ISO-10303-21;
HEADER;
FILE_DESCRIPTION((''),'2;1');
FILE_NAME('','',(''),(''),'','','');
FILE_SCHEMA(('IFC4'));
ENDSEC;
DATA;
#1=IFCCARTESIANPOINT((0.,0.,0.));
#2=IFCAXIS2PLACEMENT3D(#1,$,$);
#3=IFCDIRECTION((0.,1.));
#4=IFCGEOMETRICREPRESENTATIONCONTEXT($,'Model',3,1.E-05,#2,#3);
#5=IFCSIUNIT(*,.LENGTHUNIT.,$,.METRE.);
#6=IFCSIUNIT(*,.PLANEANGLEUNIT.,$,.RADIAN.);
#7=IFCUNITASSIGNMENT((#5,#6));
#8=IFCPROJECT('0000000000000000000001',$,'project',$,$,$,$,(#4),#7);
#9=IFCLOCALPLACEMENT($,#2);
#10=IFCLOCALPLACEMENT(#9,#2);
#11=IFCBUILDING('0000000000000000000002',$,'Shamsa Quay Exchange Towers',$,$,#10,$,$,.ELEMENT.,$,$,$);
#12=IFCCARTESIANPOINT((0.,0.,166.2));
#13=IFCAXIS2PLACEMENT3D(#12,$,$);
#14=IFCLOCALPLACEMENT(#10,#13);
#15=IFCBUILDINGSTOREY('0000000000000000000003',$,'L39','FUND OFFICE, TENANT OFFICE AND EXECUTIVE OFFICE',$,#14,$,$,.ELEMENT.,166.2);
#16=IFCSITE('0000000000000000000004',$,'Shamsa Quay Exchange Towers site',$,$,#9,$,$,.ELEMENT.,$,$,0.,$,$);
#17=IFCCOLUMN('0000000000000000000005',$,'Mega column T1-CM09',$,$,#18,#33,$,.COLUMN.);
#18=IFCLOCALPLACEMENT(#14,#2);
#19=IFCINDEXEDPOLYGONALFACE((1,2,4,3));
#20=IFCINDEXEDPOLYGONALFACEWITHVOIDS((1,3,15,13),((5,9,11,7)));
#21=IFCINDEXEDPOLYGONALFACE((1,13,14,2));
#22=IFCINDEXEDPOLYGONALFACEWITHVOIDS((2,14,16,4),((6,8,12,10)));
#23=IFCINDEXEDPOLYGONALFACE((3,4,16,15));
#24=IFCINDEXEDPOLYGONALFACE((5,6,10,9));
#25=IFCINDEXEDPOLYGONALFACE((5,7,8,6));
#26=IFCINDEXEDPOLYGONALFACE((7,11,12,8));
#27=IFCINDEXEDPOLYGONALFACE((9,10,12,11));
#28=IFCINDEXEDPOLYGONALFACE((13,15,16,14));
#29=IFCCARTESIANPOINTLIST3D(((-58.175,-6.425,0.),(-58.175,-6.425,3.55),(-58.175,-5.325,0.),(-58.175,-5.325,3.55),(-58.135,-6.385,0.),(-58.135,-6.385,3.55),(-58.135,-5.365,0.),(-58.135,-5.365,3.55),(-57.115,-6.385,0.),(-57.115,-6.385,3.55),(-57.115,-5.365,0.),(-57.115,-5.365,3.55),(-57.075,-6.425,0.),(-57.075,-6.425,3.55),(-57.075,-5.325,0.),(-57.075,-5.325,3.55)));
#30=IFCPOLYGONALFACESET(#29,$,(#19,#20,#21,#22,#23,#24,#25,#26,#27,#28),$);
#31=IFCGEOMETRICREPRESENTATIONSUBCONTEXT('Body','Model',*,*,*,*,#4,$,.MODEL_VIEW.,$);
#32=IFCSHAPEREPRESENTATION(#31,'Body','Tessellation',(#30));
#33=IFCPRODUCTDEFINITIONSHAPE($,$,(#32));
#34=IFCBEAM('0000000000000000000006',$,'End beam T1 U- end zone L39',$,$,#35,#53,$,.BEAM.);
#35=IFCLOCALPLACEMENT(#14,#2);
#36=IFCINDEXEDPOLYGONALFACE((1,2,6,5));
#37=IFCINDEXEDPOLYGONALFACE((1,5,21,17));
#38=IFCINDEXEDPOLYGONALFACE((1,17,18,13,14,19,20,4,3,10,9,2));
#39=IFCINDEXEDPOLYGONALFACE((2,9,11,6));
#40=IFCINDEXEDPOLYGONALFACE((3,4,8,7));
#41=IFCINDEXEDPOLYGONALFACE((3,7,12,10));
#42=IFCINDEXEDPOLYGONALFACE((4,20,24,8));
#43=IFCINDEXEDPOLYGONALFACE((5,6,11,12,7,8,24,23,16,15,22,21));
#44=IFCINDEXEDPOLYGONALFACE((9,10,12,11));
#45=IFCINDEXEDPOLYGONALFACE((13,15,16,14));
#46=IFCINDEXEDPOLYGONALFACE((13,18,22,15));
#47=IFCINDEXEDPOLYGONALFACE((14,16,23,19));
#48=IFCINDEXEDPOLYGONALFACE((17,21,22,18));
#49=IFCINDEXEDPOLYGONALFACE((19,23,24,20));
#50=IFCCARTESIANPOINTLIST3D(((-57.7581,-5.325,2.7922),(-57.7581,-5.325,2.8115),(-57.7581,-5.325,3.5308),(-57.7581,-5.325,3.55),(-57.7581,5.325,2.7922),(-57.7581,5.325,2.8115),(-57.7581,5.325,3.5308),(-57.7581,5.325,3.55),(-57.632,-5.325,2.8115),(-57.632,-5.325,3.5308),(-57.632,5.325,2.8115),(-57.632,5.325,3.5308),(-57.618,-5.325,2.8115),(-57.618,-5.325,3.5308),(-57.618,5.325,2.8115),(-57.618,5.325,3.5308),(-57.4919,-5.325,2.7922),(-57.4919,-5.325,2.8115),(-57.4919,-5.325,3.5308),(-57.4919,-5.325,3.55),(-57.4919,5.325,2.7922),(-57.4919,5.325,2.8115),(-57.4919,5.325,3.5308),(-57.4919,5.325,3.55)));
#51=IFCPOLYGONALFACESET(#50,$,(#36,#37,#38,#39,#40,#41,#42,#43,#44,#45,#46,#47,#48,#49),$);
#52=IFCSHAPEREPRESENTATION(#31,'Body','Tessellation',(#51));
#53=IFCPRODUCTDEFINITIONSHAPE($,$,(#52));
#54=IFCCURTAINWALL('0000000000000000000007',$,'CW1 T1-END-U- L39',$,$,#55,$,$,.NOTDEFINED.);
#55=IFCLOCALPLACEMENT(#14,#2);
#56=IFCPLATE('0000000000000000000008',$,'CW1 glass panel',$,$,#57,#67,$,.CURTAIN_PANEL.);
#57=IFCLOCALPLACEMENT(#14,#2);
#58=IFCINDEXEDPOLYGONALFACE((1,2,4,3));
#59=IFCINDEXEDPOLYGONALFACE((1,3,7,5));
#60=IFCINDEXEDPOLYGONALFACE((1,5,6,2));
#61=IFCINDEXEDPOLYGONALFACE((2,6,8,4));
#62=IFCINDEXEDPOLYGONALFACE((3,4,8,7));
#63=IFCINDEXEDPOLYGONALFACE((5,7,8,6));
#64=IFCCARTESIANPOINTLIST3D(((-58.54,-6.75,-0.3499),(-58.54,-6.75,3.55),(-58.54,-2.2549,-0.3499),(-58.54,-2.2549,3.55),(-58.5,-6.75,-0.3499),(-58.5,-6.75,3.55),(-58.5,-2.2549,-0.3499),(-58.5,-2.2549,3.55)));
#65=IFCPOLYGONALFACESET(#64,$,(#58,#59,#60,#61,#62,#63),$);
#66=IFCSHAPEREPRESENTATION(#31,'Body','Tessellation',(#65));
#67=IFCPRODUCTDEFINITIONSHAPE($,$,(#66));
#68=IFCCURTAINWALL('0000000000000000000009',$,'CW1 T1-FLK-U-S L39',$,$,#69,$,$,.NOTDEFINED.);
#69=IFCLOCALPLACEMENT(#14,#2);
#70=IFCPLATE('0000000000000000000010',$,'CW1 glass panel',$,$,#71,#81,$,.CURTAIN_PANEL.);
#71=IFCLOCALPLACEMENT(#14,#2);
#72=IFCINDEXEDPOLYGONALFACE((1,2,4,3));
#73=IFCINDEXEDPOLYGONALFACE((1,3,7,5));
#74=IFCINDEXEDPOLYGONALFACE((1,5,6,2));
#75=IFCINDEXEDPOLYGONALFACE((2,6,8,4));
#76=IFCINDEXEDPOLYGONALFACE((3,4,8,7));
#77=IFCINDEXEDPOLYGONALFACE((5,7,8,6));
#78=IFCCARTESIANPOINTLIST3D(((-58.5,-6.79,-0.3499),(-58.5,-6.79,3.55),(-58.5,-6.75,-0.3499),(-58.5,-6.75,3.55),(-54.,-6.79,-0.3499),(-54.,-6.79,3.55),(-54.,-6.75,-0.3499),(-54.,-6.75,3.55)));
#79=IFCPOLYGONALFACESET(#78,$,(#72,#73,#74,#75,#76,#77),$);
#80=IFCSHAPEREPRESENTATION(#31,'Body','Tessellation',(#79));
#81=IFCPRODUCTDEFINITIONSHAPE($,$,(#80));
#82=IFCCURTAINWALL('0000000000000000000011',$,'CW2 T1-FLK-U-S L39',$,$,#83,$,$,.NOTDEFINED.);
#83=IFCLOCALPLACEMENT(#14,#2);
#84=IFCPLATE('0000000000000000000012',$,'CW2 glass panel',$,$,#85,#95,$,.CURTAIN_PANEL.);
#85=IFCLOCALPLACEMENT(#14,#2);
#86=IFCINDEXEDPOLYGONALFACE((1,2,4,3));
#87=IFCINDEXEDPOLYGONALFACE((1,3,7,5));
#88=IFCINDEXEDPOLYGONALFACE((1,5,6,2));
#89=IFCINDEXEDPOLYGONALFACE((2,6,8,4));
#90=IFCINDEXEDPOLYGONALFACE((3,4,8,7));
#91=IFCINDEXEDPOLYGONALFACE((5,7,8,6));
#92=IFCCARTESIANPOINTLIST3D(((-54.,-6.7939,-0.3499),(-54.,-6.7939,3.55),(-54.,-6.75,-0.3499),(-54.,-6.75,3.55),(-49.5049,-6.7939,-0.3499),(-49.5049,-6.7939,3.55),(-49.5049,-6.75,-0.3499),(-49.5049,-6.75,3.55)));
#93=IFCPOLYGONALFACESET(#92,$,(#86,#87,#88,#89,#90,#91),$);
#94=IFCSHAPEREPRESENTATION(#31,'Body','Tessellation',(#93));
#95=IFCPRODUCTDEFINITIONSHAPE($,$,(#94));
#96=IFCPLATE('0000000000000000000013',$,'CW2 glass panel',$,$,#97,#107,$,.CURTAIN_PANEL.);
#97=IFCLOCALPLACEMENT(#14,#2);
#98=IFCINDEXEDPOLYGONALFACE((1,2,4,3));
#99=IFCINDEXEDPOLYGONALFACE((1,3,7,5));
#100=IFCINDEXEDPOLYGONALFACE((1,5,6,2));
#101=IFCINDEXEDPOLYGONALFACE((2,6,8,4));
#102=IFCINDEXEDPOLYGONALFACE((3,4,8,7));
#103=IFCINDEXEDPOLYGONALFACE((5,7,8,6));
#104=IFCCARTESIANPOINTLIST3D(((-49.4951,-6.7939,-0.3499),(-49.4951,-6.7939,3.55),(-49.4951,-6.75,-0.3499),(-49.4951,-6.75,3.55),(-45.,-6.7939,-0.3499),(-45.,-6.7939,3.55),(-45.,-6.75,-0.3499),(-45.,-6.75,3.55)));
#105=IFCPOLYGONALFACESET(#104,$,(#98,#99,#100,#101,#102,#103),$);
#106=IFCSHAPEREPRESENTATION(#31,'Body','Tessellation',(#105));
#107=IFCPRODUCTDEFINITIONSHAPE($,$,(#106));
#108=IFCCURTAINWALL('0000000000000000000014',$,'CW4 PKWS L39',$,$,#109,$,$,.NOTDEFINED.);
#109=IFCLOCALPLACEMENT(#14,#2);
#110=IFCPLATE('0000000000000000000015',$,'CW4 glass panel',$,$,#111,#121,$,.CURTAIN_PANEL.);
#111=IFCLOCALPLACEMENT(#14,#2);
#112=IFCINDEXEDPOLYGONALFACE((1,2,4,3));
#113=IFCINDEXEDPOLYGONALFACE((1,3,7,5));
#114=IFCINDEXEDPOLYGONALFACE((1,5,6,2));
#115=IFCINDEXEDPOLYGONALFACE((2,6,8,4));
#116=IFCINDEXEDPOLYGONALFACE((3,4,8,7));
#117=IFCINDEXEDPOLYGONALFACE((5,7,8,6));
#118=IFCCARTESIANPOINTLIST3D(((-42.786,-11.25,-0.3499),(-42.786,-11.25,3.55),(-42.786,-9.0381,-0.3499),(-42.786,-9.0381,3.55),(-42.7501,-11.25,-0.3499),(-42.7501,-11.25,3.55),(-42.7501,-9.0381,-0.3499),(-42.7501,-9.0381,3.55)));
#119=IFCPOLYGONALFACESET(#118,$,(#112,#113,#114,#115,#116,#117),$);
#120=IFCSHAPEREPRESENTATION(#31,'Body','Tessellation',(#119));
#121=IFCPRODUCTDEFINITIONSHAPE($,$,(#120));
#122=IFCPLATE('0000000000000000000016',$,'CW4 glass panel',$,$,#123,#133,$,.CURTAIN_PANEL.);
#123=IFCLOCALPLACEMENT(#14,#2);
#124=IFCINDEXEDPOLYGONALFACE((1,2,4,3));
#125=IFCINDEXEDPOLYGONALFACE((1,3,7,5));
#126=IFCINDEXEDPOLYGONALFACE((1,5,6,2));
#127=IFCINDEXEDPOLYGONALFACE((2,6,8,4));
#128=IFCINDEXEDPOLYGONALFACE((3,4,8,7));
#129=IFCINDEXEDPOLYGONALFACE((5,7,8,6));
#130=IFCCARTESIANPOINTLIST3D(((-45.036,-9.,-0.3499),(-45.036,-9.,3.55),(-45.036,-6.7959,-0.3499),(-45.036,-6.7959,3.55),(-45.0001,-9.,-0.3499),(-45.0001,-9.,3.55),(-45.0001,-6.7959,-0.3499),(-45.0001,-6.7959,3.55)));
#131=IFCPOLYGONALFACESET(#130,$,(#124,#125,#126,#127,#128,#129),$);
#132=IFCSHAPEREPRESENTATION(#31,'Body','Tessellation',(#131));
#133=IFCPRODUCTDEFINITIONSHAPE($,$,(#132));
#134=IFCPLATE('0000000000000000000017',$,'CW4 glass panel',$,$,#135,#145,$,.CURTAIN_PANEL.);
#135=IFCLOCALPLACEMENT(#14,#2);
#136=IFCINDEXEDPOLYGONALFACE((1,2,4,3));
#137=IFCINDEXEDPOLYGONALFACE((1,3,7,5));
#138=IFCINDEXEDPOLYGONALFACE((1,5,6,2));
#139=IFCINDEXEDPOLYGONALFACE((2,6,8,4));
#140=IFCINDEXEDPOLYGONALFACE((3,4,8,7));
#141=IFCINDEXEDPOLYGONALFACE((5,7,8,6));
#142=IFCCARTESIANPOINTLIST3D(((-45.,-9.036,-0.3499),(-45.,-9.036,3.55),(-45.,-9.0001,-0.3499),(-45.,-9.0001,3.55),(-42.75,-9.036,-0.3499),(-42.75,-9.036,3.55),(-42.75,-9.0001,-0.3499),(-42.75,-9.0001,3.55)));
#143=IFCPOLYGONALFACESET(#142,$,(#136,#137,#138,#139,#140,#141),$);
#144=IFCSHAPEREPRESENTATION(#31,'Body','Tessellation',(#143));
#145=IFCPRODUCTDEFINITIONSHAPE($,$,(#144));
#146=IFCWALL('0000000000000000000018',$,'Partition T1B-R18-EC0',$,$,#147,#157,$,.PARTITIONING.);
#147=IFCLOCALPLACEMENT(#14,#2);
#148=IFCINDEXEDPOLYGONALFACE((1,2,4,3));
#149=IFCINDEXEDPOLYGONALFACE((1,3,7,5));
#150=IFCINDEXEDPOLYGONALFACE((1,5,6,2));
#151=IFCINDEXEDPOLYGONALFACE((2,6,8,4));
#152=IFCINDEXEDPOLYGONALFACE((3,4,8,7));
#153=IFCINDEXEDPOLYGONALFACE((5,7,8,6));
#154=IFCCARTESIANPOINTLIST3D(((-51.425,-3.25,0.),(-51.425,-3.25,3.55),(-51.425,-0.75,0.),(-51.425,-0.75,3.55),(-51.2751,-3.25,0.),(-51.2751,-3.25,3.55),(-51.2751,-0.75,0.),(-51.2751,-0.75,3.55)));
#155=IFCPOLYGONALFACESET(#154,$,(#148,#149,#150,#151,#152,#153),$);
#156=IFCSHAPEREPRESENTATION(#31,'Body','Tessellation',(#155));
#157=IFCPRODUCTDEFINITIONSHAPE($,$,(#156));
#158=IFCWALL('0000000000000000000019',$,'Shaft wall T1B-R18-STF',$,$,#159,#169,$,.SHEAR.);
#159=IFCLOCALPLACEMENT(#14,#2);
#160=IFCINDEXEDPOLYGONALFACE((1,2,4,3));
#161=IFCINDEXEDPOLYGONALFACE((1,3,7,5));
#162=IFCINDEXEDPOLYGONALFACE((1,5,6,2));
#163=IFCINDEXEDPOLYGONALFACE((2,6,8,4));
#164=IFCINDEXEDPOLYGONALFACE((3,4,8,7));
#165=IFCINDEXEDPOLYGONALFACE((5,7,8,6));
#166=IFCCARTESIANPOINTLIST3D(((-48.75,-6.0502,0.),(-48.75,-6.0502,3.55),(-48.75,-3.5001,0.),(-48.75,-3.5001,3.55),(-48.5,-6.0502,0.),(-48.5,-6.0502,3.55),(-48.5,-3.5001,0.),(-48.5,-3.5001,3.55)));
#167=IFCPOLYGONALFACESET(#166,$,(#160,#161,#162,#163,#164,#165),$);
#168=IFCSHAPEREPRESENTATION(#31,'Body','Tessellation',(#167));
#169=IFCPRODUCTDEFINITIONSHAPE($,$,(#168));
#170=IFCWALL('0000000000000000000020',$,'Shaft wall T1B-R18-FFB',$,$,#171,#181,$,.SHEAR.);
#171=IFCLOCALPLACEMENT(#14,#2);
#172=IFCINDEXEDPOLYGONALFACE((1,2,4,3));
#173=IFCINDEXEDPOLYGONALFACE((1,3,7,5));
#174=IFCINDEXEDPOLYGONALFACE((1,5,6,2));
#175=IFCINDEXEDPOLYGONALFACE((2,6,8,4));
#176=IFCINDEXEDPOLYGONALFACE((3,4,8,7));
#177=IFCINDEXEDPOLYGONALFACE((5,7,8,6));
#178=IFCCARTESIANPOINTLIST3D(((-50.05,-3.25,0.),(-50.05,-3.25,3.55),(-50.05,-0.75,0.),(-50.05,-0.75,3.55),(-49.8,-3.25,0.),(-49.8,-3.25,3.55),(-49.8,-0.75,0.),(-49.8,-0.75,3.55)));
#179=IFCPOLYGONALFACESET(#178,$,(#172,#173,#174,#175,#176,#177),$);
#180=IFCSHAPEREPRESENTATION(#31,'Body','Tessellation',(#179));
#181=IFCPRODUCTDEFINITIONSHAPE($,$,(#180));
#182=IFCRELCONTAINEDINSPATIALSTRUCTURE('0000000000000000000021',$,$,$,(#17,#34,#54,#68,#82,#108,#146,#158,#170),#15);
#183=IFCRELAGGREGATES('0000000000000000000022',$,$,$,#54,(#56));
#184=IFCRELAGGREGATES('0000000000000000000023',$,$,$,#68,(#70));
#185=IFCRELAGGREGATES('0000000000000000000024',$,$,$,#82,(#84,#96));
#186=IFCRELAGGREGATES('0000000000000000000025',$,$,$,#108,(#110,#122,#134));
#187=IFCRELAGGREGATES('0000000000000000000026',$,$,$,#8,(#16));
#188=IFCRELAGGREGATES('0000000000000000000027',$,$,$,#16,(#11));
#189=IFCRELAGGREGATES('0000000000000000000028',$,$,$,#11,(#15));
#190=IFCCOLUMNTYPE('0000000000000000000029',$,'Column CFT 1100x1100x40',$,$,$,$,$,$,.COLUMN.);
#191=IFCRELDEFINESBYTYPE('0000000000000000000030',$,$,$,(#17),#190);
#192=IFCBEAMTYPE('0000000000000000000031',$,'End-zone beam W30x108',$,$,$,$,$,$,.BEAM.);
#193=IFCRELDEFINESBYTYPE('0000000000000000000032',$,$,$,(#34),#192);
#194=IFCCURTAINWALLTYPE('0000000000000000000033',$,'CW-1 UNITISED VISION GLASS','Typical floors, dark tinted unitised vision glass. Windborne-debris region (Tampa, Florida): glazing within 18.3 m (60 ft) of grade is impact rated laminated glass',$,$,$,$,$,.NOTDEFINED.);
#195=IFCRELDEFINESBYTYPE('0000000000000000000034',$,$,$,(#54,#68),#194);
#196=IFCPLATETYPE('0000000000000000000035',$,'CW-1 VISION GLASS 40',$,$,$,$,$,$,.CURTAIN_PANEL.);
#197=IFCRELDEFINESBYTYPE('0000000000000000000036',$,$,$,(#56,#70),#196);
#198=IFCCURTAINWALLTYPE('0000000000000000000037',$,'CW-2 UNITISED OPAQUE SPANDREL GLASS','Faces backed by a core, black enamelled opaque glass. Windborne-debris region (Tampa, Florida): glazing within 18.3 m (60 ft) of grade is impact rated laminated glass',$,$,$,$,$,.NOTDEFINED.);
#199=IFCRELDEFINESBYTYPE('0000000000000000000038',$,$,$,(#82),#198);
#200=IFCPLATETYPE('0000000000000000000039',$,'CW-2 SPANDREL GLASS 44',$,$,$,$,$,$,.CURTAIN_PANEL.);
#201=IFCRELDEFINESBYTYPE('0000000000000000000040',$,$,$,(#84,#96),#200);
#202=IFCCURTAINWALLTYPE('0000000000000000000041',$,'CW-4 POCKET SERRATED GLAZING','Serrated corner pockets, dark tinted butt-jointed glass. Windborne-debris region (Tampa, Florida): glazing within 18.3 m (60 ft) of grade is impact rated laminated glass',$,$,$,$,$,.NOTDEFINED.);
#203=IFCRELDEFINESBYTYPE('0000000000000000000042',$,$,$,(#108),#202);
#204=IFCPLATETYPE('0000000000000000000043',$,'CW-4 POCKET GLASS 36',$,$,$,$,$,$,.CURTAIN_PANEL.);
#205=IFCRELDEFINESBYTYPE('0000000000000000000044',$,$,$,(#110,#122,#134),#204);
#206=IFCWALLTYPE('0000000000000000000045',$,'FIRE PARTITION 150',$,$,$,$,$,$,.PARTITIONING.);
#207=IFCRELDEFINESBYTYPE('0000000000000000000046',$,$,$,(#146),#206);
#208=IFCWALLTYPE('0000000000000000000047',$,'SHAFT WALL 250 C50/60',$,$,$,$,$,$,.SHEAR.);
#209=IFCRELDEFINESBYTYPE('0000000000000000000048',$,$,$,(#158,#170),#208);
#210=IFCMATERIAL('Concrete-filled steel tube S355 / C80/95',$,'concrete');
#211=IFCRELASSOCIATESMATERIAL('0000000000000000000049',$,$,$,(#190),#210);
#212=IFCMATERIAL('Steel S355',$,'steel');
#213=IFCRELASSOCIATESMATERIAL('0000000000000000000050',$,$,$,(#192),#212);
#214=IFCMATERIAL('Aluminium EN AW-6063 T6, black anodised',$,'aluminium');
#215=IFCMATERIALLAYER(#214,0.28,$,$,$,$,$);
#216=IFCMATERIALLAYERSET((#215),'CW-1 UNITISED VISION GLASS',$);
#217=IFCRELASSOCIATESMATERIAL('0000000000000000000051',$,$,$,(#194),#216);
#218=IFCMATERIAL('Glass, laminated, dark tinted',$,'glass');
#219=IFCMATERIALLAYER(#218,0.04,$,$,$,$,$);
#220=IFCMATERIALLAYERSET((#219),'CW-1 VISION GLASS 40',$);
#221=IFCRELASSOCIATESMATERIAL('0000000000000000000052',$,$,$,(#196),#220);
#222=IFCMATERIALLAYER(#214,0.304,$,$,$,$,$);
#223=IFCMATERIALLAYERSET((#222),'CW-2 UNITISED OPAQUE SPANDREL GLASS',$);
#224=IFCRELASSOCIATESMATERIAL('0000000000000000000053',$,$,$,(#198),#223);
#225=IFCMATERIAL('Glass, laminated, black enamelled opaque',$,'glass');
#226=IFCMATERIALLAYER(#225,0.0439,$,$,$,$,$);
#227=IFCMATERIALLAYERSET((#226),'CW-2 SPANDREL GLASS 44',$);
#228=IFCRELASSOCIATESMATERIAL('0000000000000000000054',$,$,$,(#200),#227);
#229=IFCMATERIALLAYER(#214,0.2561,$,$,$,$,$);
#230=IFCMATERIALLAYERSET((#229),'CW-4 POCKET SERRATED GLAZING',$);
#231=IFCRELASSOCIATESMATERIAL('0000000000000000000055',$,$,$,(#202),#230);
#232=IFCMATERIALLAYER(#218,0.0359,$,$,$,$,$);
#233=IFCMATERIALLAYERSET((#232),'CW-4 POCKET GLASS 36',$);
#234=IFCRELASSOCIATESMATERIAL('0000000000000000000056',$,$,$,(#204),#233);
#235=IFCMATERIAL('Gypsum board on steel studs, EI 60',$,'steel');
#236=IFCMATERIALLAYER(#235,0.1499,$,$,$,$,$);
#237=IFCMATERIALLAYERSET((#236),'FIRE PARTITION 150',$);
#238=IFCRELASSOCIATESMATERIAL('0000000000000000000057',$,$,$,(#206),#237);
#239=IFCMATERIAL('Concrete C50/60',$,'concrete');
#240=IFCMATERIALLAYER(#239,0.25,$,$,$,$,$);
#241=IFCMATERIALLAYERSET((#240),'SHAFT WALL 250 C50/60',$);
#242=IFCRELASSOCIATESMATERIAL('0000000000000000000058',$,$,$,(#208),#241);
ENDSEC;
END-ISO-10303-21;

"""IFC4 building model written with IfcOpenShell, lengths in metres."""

from ifc_helpers import new_model, si_unit, direction, frame, frame_2d, origin, origin_2d, place, context, subcontext, project, spatial, rectangle, hollow_rectangle, i_section, extrude, material, layer, layer_set, material_profile, profile_set, type_object, element, aggregate, save


model = new_model("IFC4")

# Units and contexts
model_context = context("Model", 3, precision=1e-05, world=origin(), true_north=direction((0.0, 1.0)))
body_context = subcontext(model_context, "Body", "Model", "MODEL_VIEW")
ifc_project = project(units=[si_unit("LENGTHUNIT", "METRE"), si_unit("PLANEANGLEUNIT", "RADIAN")], contexts=[model_context])

# Site, building, storey
site_placement = place(None, origin())
site = spatial("IfcSite", under=ifc_project, at=site_placement, Name="Shamsa Quay Exchange Towers site", CompositionType="ELEMENT", RefElevation=0.0)
building_placement = place(site_placement, origin())
building = spatial("IfcBuilding", under=site, at=building_placement, Name="Shamsa Quay Exchange Towers", CompositionType="ELEMENT")
storey_placement = place(building_placement, frame((0.0, 0.0, 166.2)))
storey = spatial("IfcBuildingStorey", under=building, at=storey_placement, Name="L39", Description="FUND OFFICE, TENANT OFFICE AND EXECUTIVE OFFICE", CompositionType="ELEMENT", Elevation=166.2)

# Column
ifc_material_1 = material(Name="Concrete-filled steel tube S355 / C80/95", Category="concrete")
ifc_material_profile_1 = material_profile(ifc_material_1, hollow_rectangle(XDim=1.1001, YDim=1.1001, WallThickness=0.04, at=origin_2d()), Name="CFT 1100x1100x40")
ifc_profile_set_1 = profile_set([ifc_material_profile_1], Name="Concrete-filled steel tube S355 / C80/95")
column_type = type_object("IfcColumnType", Name="Column CFT 1100x1100x40", PredefinedType="COLUMN", material=ifc_profile_set_1)
column_placement = place(storey_placement, frame((-57.625, -5.875, 0.0)))
element("IfcColumn", 1, at=column_placement, inside=storey, type_object=column_type, Name="Mega column T1-CM09", PredefinedType="COLUMN", context=body_context, shape_type="SweptSolid", body=[
    extrude(hollow_rectangle(XDim=1.1001, YDim=1.1001, WallThickness=0.04, at=origin_2d()), origin(), (0.0, 0.0, 1.0), 3.55),
])

# Beam
ifc_material_2 = material(Name="Steel S355", Category="steel")
ifc_material_profile_2 = material_profile(ifc_material_2, i_section(OverallWidth=0.2661, OverallDepth=0.7578, WebThickness=0.0139, FlangeThickness=0.0193, at=origin_2d()), Name="W30x108")
ifc_profile_set_2 = profile_set([ifc_material_profile_2], Name="Steel S355")
beam_type = type_object("IfcBeamType", Name="End-zone beam W30x108", PredefinedType="BEAM", material=ifc_profile_set_2)
beam_placement = place(storey_placement, frame((-57.625, -5.325, 3.1711), z_axis=(0.0, 1.0, 0.0), x_axis=(-1.0, 0.0, 0.0)))
element("IfcBeam", 2, at=beam_placement, inside=storey, type_object=beam_type, Name="End beam T1 U- end zone L39", PredefinedType="BEAM", context=body_context, shape_type="SweptSolid", body=[
    extrude(i_section(OverallWidth=0.2661, OverallDepth=0.7578, WebThickness=0.0139, FlangeThickness=0.0193, at=origin_2d()), origin(), (0.0, 0.0, 1.0), 10.6499),
])

# Curtain walls, plates
ifc_material_3 = material(Name="Aluminium EN AW-6063 T6, black anodised", Category="aluminium")
ifc_layer_1 = layer(ifc_material_3, 0.28)
ifc_layer_set_1 = layer_set([ifc_layer_1], Name="CW-1 UNITISED VISION GLASS")
curtain_wall_type_1 = type_object("IfcCurtainWallType", Name="CW-1 UNITISED VISION GLASS", Description="Typical floors, dark tinted unitised vision glass. Windborne-debris region (Tampa, Florida): glazing within 18.3 m (60 ft) of grade is impact rated laminated glass", PredefinedType="NOTDEFINED", material=ifc_layer_set_1)
curtain_wall_1_placement = place(storey_placement, origin())
curtain_wall_1 = element("IfcCurtainWall", 3, at=curtain_wall_1_placement, inside=storey, type_object=curtain_wall_type_1, Name="CW1 T1-END-U- L39", PredefinedType="NOTDEFINED")
ifc_material_4 = material(Name="Glass, laminated, dark tinted", Category="glass")
ifc_layer_2 = layer(ifc_material_4, 0.04)
ifc_layer_set_2 = layer_set([ifc_layer_2], Name="CW-1 VISION GLASS 40")
plate_type_1 = type_object("IfcPlateType", Name="CW-1 VISION GLASS 40", PredefinedType="CURTAIN_PANEL", material=ifc_layer_set_2)
plate_1_placement = place(storey_placement, frame((-58.52, -4.5024, -0.3499), z_axis=(0.0, 0.0, 1.0), x_axis=(0.0, -1.0, 0.0)))
plate_1 = element("IfcPlate", 4, at=plate_1_placement, type_object=plate_type_1, Name="CW1 glass panel", PredefinedType="CURTAIN_PANEL", context=body_context, shape_type="SweptSolid", body=[
    extrude(rectangle(XDim=4.4951, YDim=0.04, at=origin_2d()), origin(), (0.0, 0.0, 1.0), 3.8999),
])
aggregate(curtain_wall_1, [plate_1])
curtain_wall_2_placement = place(storey_placement, origin())
curtain_wall_2 = element("IfcCurtainWall", 5, at=curtain_wall_2_placement, inside=storey, type_object=curtain_wall_type_1, Name="CW1 T1-FLK-U-S L39", PredefinedType="NOTDEFINED")
plate_2_placement = place(storey_placement, frame((-56.25, -6.77, -0.3499)))
plate_2 = element("IfcPlate", 6, at=plate_2_placement, type_object=plate_type_1, Name="CW1 glass panel", PredefinedType="CURTAIN_PANEL", context=body_context, shape_type="SweptSolid", body=[
    extrude(rectangle(XDim=4.5, YDim=0.04, at=origin_2d()), origin(), (0.0, 0.0, 1.0), 3.8999),
])
aggregate(curtain_wall_2, [plate_2])

# Curtain walls, plates
ifc_layer_3 = layer(ifc_material_3, 0.304)
ifc_layer_set_3 = layer_set([ifc_layer_3], Name="CW-2 UNITISED OPAQUE SPANDREL GLASS")
curtain_wall_type_2 = type_object("IfcCurtainWallType", Name="CW-2 UNITISED OPAQUE SPANDREL GLASS", Description="Faces backed by a core, black enamelled opaque glass. Windborne-debris region (Tampa, Florida): glazing within 18.3 m (60 ft) of grade is impact rated laminated glass", PredefinedType="NOTDEFINED", material=ifc_layer_set_3)
curtain_wall_3_placement = place(storey_placement, origin())
curtain_wall_3 = element("IfcCurtainWall", 7, at=curtain_wall_3_placement, inside=storey, type_object=curtain_wall_type_2, Name="CW2 T1-FLK-U-S L39", PredefinedType="NOTDEFINED")
ifc_material_5 = material(Name="Glass, laminated, black enamelled opaque", Category="glass")
ifc_layer_4 = layer(ifc_material_5, 0.0439)
ifc_layer_set_4 = layer_set([ifc_layer_4], Name="CW-2 SPANDREL GLASS 44")
plate_type_2 = type_object("IfcPlateType", Name="CW-2 SPANDREL GLASS 44", PredefinedType="CURTAIN_PANEL", material=ifc_layer_set_4)
plate_3_placement = place(storey_placement, frame((-51.7524, -6.772, -0.3499)))
plate_3 = element("IfcPlate", 8, at=plate_3_placement, type_object=plate_type_2, Name="CW2 glass panel", PredefinedType="CURTAIN_PANEL", context=body_context, shape_type="SweptSolid", body=[
    extrude(rectangle(XDim=4.4951, YDim=0.0439, at=origin_2d()), origin(), (0.0, 0.0, 1.0), 3.8999),
])
plate_4_placement = place(storey_placement, frame((-47.2476, -6.772, -0.3499)))
plate_4 = element("IfcPlate", 9, at=plate_4_placement, type_object=plate_type_2, Name="CW2 glass panel", PredefinedType="CURTAIN_PANEL", context=body_context, shape_type="SweptSolid", body=[
    extrude(rectangle(XDim=4.4951, YDim=0.0439, at=origin_2d()), origin(), (0.0, 0.0, 1.0), 3.8999),
])
aggregate(curtain_wall_3, [plate_3, plate_4])
ifc_layer_5 = layer(ifc_material_3, 0.2561)
ifc_layer_set_5 = layer_set([ifc_layer_5], Name="CW-4 POCKET SERRATED GLAZING")
curtain_wall_type_3 = type_object("IfcCurtainWallType", Name="CW-4 POCKET SERRATED GLAZING", Description="Serrated corner pockets, dark tinted butt-jointed glass. Windborne-debris region (Tampa, Florida): glazing within 18.3 m (60 ft) of grade is impact rated laminated glass", PredefinedType="NOTDEFINED", material=ifc_layer_set_5)
curtain_wall_4_placement = place(storey_placement, origin())
curtain_wall_4 = element("IfcCurtainWall", 10, at=curtain_wall_4_placement, inside=storey, type_object=curtain_wall_type_3, Name="CW4 PKWS L39", PredefinedType="NOTDEFINED")
ifc_layer_6 = layer(ifc_material_4, 0.0359)
ifc_layer_set_6 = layer_set([ifc_layer_6], Name="CW-4 POCKET GLASS 36")
plate_type_3 = type_object("IfcPlateType", Name="CW-4 POCKET GLASS 36", PredefinedType="CURTAIN_PANEL", material=ifc_layer_set_6)
plate_5_placement = place(storey_placement, frame((-42.7681, -10.144, -0.3499), z_axis=(0.0, 0.0, 1.0), x_axis=(0.0, -1.0, 0.0)))
plate_5 = element("IfcPlate", 11, at=plate_5_placement, type_object=plate_type_3, Name="CW4 glass panel", PredefinedType="CURTAIN_PANEL", context=body_context, shape_type="SweptSolid", body=[
    extrude(rectangle(XDim=2.2119, YDim=0.0359, at=origin_2d()), origin(), (0.0, 0.0, 1.0), 3.8999),
])
plate_6_placement = place(storey_placement, frame((-45.0181, -7.8979, -0.3499), z_axis=(0.0, 0.0, 1.0), x_axis=(0.0, -1.0, 0.0)))
plate_6 = element("IfcPlate", 12, at=plate_6_placement, type_object=plate_type_3, Name="CW4 glass panel", PredefinedType="CURTAIN_PANEL", context=body_context, shape_type="SweptSolid", body=[
    extrude(rectangle(XDim=2.2041, YDim=0.0359, at=origin_2d()), origin(), (0.0, 0.0, 1.0), 3.8999),
])
plate_7_placement = place(storey_placement, frame((-43.875, -9.0181, -0.3499)))
plate_7 = element("IfcPlate", 13, at=plate_7_placement, type_object=plate_type_3, Name="CW4 glass panel", PredefinedType="CURTAIN_PANEL", context=body_context, shape_type="SweptSolid", body=[
    extrude(rectangle(XDim=2.25, YDim=0.0359, at=origin_2d()), origin(), (0.0, 0.0, 1.0), 3.8999),
])
aggregate(curtain_wall_4, [plate_5, plate_6, plate_7])

# Walls
ifc_material_6 = material(Name="Gypsum board on steel studs, EI 60", Category="steel")
ifc_layer_7 = layer(ifc_material_6, 0.1499)
ifc_layer_set_7 = layer_set([ifc_layer_7], Name="FIRE PARTITION 150")
wall_type_1 = type_object("IfcWallType", Name="FIRE PARTITION 150", PredefinedType="PARTITIONING", material=ifc_layer_set_7)
wall_1_placement = place(storey_placement, frame((-51.3501, -3.25, 0.0), z_axis=(0.0, 0.0, 1.0), x_axis=(0.0, 1.0, 0.0)))
element("IfcWall", 14, at=wall_1_placement, inside=storey, type_object=wall_type_1, Name="Partition T1B-R18-EC0", PredefinedType="PARTITIONING", context=body_context, shape_type="SweptSolid", body=[
    extrude(rectangle(XDim=2.5, YDim=0.1499, at=frame_2d((1.25, 0.0))), origin(), (0.0, 0.0, 1.0), 3.55),
])
ifc_material_7 = material(Name="Concrete C50/60", Category="concrete")
ifc_layer_8 = layer(ifc_material_7, 0.25)
ifc_layer_set_8 = layer_set([ifc_layer_8], Name="SHAFT WALL 250 C50/60")
wall_type_2 = type_object("IfcWallType", Name="SHAFT WALL 250 C50/60", PredefinedType="SHEAR", material=ifc_layer_set_8)
wall_2_placement = place(storey_placement, frame((-48.625, -6.05, 0.0), z_axis=(0.0, 0.0, 1.0), x_axis=(0.0, 1.0, 0.0)))
element("IfcWall", 15, at=wall_2_placement, inside=storey, type_object=wall_type_2, Name="Shaft wall T1B-R18-STF", PredefinedType="SHEAR", context=body_context, shape_type="SweptSolid", body=[
    extrude(rectangle(XDim=2.55, YDim=0.25, at=frame_2d((1.2749, 0.0))), origin(), (0.0, 0.0, 1.0), 3.55),
])

# Wall
wall_3_placement = place(storey_placement, frame((-49.925, -3.25, 0.0), z_axis=(0.0, 0.0, 1.0), x_axis=(0.0, 1.0, 0.0)))
element("IfcWall", 16, at=wall_3_placement, inside=storey, type_object=wall_type_2, Name="Shaft wall T1B-R18-FFB", PredefinedType="SHEAR", context=body_context, shape_type="SweptSolid", body=[
    extrude(rectangle(XDim=2.5, YDim=0.25, at=frame_2d((1.25, 0.0))), origin(), (0.0, 0.0, 1.0), 3.55),
])

save(model, "model.ifc")
